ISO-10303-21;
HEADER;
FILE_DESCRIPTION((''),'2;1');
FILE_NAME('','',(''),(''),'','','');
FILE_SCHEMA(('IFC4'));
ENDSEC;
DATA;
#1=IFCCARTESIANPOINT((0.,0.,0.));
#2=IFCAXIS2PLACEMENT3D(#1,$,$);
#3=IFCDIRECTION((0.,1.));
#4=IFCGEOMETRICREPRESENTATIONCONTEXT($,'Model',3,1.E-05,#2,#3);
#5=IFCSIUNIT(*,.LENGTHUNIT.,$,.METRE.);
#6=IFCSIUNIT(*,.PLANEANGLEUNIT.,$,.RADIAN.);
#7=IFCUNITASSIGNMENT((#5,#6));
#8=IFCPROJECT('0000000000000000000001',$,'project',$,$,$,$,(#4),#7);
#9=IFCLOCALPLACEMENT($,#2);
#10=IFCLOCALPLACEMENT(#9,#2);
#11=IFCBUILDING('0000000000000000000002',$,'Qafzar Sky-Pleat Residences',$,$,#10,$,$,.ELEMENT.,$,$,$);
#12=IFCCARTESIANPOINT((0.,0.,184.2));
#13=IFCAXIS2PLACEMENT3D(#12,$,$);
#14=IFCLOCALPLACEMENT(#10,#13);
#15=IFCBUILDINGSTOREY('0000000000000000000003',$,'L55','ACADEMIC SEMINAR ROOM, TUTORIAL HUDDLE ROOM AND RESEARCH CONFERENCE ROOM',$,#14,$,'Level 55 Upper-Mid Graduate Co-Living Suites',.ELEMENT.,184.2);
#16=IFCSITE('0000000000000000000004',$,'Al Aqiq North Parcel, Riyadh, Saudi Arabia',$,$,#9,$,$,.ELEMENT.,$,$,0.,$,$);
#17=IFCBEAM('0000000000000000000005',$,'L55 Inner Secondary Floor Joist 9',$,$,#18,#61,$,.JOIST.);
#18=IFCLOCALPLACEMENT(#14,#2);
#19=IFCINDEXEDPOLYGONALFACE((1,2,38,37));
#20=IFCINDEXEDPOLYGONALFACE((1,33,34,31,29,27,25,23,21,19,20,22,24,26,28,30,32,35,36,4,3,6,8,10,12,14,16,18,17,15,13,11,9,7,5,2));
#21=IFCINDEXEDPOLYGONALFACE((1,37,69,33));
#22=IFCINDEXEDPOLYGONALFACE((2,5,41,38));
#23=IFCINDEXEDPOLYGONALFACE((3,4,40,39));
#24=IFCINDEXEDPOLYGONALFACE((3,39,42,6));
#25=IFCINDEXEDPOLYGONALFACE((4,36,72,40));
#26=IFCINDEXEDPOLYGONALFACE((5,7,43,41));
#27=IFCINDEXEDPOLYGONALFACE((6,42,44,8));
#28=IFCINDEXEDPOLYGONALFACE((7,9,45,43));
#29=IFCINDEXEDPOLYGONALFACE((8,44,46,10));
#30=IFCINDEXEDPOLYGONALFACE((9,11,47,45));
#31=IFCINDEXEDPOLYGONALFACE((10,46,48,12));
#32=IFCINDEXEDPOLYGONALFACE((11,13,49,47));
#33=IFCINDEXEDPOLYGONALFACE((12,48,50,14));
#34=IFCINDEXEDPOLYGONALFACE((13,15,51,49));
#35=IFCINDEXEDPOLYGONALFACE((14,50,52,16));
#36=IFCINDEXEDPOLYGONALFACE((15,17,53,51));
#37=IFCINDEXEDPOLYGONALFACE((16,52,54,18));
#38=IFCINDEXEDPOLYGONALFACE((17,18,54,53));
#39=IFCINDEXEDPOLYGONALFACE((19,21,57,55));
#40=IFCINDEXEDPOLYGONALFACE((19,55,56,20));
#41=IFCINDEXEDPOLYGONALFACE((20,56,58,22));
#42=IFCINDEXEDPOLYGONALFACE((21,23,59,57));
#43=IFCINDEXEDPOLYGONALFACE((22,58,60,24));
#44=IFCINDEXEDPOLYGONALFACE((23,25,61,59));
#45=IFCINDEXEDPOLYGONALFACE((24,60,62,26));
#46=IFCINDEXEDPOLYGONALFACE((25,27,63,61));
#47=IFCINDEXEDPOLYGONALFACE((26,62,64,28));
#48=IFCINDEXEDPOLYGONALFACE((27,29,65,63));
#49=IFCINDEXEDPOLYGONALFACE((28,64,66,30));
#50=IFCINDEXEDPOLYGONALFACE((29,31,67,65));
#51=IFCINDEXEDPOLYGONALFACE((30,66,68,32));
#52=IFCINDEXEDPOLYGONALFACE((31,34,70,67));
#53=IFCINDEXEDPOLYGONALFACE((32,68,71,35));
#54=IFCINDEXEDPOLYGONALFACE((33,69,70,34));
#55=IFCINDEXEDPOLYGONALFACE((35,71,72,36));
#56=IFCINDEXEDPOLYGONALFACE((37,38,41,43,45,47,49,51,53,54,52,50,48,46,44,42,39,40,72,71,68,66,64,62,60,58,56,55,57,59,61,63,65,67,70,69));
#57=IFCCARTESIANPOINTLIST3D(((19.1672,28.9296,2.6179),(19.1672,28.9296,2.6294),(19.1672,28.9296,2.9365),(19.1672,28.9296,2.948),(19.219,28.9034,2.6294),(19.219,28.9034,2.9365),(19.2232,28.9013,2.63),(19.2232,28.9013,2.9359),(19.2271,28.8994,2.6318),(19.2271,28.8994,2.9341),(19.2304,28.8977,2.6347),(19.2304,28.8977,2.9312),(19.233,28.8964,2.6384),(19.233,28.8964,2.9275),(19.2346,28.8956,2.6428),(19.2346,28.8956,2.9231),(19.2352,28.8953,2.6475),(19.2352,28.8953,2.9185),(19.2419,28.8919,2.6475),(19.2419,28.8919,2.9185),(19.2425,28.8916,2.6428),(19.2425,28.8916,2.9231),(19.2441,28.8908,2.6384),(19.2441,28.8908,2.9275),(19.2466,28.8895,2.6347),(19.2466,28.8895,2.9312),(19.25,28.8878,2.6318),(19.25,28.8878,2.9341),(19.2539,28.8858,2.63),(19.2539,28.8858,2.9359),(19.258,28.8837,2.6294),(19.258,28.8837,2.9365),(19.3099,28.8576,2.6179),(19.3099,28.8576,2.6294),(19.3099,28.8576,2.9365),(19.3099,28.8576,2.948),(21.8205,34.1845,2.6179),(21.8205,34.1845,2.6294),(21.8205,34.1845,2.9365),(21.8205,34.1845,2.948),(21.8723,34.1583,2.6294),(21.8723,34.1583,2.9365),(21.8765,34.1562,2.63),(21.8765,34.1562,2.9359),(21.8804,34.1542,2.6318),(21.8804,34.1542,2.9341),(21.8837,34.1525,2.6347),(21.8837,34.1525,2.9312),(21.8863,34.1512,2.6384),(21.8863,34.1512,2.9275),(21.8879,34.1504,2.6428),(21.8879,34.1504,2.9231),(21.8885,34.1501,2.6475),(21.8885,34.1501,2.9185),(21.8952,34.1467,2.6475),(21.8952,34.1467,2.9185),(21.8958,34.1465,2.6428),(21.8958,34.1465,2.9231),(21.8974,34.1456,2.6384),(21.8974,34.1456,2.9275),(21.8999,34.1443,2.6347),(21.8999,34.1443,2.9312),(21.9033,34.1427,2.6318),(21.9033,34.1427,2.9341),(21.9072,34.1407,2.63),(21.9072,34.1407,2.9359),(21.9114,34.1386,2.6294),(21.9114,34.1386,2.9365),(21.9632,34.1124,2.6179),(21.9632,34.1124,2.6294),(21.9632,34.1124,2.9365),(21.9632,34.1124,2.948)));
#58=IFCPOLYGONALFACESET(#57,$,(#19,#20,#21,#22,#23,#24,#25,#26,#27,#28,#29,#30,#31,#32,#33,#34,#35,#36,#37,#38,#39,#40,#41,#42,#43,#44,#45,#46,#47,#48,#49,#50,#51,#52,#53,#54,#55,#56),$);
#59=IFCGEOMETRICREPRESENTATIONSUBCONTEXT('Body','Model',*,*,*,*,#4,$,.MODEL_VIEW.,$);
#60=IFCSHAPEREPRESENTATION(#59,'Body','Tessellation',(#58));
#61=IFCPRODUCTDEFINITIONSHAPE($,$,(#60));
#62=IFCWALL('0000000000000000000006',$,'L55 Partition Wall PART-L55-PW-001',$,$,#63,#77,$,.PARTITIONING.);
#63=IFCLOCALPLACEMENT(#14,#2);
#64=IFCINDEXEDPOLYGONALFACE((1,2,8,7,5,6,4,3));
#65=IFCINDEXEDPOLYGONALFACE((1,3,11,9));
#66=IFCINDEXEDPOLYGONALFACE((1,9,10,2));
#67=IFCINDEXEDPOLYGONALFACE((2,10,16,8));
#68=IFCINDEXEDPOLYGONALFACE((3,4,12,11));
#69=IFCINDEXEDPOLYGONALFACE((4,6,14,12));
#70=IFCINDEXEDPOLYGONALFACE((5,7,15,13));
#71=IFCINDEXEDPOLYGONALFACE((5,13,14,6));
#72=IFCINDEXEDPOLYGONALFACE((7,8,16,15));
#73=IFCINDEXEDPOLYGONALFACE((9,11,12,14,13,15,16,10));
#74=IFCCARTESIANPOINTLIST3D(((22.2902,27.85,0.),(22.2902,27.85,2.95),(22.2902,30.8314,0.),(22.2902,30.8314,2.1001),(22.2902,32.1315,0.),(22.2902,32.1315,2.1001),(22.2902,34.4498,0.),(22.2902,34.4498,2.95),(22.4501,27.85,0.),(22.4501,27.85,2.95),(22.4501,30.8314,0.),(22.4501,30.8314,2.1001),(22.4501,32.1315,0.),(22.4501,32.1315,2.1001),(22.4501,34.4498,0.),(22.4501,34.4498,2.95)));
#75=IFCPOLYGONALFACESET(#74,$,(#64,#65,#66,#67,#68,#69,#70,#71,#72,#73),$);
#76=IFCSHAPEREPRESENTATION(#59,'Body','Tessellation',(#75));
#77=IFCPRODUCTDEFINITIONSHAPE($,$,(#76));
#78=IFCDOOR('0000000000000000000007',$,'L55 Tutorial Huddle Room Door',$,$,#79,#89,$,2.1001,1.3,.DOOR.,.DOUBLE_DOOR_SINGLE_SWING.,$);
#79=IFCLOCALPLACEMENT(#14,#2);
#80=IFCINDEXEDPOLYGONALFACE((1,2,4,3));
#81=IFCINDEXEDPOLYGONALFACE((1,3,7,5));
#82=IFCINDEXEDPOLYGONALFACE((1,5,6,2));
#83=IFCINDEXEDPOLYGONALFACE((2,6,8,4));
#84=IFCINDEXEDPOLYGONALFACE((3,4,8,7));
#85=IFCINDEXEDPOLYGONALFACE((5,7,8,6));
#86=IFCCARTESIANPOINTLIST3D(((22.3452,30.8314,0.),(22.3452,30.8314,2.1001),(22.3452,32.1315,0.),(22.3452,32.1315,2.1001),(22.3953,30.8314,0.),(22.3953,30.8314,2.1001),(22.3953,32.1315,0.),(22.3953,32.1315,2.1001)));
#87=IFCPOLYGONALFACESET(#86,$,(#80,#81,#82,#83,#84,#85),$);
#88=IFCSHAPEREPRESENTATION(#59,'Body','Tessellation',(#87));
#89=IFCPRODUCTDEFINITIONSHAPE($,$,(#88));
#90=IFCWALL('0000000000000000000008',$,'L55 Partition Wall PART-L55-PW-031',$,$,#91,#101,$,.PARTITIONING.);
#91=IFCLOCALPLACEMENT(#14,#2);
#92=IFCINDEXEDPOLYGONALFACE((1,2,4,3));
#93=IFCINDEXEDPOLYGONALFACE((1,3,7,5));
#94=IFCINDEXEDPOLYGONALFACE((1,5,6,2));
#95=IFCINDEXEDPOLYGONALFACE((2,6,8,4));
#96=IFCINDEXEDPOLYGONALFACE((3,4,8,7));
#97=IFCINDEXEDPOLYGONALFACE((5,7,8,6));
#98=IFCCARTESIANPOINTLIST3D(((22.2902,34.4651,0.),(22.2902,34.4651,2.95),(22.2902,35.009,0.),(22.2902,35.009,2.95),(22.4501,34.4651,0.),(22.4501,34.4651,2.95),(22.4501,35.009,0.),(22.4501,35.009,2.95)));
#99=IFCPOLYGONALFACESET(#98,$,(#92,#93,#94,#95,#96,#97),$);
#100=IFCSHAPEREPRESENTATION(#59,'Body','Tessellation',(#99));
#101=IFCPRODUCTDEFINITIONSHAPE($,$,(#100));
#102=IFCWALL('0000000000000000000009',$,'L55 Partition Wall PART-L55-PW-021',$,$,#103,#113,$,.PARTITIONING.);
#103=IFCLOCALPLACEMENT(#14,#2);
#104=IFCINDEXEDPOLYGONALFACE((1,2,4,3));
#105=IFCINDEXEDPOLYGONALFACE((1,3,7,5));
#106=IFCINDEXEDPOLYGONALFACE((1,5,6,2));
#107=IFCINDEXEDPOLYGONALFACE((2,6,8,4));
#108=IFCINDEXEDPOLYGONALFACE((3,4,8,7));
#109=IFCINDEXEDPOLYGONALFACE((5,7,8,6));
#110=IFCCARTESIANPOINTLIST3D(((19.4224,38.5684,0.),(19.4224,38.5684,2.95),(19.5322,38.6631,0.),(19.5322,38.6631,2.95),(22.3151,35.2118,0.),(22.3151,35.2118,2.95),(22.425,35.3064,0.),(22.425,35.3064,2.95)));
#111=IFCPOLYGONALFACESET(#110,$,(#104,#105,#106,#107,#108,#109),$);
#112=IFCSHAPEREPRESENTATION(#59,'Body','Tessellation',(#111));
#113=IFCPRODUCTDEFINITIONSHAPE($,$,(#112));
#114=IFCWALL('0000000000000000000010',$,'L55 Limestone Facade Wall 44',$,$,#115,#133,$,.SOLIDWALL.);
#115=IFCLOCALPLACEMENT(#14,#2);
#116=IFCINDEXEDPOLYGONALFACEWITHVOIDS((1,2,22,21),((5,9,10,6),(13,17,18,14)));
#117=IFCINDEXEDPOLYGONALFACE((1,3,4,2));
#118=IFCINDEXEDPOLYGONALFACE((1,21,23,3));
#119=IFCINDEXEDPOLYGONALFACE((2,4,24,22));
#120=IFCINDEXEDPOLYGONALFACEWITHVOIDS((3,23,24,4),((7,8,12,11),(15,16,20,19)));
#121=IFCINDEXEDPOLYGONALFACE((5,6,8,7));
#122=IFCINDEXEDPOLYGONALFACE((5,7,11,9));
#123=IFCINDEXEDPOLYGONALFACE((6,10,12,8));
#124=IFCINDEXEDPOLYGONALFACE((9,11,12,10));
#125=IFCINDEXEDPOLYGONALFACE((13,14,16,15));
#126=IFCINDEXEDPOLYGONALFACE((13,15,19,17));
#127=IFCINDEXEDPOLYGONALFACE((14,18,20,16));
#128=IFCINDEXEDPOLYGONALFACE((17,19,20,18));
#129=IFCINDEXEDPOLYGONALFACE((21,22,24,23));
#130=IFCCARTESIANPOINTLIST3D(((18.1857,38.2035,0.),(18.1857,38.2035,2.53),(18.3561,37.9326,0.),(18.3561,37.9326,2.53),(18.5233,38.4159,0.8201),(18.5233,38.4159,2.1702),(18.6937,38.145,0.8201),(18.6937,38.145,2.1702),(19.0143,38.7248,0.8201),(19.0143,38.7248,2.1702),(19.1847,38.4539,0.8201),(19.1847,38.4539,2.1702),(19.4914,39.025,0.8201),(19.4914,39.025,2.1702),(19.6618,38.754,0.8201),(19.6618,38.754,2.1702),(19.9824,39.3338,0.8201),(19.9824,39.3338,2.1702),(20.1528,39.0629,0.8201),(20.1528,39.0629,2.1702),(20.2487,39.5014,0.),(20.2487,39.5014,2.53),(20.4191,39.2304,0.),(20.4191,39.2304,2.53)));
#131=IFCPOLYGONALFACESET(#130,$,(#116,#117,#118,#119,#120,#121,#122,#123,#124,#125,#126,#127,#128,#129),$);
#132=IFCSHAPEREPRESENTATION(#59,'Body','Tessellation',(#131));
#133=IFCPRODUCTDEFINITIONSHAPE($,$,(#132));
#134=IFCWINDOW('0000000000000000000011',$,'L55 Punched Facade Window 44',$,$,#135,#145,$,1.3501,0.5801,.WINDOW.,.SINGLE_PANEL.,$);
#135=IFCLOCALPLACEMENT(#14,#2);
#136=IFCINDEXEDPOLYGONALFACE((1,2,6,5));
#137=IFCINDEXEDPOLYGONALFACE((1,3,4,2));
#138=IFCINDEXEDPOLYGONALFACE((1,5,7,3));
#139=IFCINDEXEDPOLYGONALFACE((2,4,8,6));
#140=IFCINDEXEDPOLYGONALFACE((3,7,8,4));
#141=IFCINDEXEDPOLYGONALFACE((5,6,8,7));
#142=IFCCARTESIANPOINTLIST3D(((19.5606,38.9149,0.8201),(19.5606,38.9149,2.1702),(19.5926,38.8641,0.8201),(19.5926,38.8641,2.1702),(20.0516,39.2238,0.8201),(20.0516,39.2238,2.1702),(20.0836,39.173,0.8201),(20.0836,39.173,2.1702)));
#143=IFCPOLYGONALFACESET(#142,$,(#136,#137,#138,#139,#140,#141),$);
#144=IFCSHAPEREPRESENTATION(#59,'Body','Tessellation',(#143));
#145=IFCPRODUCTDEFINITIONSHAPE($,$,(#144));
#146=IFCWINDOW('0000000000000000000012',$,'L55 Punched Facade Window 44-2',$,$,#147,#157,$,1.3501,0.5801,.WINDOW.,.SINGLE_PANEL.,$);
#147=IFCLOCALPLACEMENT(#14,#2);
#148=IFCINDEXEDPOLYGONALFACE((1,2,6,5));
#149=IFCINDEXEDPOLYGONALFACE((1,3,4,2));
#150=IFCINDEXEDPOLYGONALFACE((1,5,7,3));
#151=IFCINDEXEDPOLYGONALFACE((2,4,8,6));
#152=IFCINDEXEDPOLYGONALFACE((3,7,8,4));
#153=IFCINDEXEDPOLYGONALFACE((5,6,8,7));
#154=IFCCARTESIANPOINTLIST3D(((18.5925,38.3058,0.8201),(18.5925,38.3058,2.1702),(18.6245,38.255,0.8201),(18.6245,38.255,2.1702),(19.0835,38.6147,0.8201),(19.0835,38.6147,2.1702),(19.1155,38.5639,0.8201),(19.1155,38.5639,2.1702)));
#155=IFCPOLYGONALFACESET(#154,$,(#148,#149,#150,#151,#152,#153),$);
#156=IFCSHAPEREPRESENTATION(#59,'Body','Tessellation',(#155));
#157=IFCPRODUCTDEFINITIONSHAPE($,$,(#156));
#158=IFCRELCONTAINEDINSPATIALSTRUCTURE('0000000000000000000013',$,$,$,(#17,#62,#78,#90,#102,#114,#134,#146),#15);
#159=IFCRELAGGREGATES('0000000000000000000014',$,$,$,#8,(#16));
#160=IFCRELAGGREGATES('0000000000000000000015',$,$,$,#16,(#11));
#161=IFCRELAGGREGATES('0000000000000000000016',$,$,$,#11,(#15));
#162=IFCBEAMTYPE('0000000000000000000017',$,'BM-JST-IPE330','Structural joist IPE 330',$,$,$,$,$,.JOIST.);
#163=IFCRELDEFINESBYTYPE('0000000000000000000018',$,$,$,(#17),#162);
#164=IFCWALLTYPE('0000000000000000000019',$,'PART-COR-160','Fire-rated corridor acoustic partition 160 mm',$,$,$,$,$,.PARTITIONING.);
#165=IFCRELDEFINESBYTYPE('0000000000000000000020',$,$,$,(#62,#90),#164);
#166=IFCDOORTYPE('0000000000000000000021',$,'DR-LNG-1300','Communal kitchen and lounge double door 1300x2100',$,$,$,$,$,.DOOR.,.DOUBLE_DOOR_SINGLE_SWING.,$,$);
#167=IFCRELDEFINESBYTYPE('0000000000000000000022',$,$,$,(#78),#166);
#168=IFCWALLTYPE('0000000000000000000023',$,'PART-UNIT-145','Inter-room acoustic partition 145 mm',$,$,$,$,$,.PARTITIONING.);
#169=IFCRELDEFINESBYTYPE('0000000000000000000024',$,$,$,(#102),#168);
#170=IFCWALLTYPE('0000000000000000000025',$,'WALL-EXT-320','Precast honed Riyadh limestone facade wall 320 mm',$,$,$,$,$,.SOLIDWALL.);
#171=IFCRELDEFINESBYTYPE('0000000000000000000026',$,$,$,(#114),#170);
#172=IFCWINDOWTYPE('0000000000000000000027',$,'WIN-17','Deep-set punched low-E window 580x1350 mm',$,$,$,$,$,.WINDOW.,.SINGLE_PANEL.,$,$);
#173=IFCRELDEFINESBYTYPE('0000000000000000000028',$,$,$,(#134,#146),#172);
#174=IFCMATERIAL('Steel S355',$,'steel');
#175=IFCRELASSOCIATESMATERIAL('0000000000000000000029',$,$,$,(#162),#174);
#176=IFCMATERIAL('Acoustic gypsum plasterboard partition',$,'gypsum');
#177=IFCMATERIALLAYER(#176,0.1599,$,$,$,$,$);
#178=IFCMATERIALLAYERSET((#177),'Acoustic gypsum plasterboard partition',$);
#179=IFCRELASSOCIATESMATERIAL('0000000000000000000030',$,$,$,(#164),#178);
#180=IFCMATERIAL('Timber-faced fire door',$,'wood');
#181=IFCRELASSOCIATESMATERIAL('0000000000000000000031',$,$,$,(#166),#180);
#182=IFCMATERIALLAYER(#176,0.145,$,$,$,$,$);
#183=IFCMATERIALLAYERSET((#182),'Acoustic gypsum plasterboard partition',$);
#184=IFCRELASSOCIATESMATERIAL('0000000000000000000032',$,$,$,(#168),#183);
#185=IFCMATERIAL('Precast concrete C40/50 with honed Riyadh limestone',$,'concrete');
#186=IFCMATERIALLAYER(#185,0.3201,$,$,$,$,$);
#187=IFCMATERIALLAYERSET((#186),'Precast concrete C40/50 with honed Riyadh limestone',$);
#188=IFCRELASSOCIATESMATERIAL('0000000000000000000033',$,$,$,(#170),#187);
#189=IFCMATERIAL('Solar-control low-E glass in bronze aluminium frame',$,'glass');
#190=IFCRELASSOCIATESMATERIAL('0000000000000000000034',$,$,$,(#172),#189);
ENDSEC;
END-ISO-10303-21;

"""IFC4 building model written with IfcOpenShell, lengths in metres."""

from ifc_helpers import new_model, si_unit, direction, frame, frame_2d, origin, origin_2d, place, context, subcontext, project, spatial, rectangle, i_section, extrude, source, transform, mapped, material, layer, layer_set, material_profile, profile_set, type_object, element, fill, save


model = new_model("IFC4")

# Units and contexts
model_context = context("Model", 3, precision=1e-05, world=origin(), true_north=direction((0.0, 1.0)))
body_context = subcontext(model_context, "Body", "Model", "MODEL_VIEW")
ifc_project = project(units=[si_unit("LENGTHUNIT", "METRE"), si_unit("PLANEANGLEUNIT", "RADIAN")], contexts=[model_context])

# Site, building, storey
site_placement = place(None, origin())
site = spatial("IfcSite", under=ifc_project, at=site_placement, Name="Al Aqiq North Parcel, Riyadh, Saudi Arabia", CompositionType="ELEMENT", RefElevation=0.0)
building_placement = place(site_placement, origin())
building = spatial("IfcBuilding", under=site, at=building_placement, Name="Qafzar Sky-Pleat Residences", CompositionType="ELEMENT")
storey_placement = place(building_placement, frame((0.0, 0.0, 184.2)))
storey = spatial("IfcBuildingStorey", under=building, at=storey_placement, Name="L55", Description="ACADEMIC SEMINAR ROOM, TUTORIAL HUDDLE ROOM AND RESEARCH CONFERENCE ROOM", LongName="Level 55 Upper-Mid Graduate Co-Living Suites", CompositionType="ELEMENT", Elevation=184.2)

# Beam
ifc_material_1 = material(Name="Steel S355", Category="steel")
ifc_material_profile_1 = material_profile(ifc_material_1, i_section(OverallWidth=0.1599, OverallDepth=0.3301, WebThickness=0.0076, FlangeThickness=0.0115, FilletRadius=0.0181, at=origin_2d()), Name="IPE 330")
ifc_profile_set_1 = profile_set([ifc_material_profile_1], Name="Steel S355")
beam_type_1 = type_object("IfcBeamType", Name="BM-JST-IPE330", Description="Structural joist IPE 330", PredefinedType="JOIST", material=ifc_profile_set_1)
shared_shape_1 = source(origin(), body_context, "Body", "SweptSolid", [
    extrude(i_section(OverallWidth=0.1599, OverallDepth=0.3301, WebThickness=0.0076, FlangeThickness=0.0115, FilletRadius=0.0181, at=origin_2d()), origin(), (0.0, 0.0, 1.0), 5.8867),
])
beam_1_placement = place(storey_placement, frame((21.8918, 34.1484, 2.783), z_axis=(-0.450727, -0.892662, 0.0), x_axis=(0.892662, -0.450727, 0.0)))
element("IfcBeam", 1, at=beam_1_placement, inside=storey, type_object=beam_type_1, Name="L55 Inner Secondary Floor Joist 9", PredefinedType="JOIST", context=body_context, shape_type="MappedRepresentation", body=[
    mapped(shared_shape_1, transform((0.0, 0.0, 0.0), x_axis=(1.0, 0.0, 0.0), y_axis=(0.0, 1.0, 0.0), z_axis=(0.0, 0.0, 1.0), scale=1.0)),
])

# Wall, opening, door
ifc_material_2 = material(Name="Acoustic gypsum plasterboard partition", Category="gypsum")
ifc_layer_1 = layer(ifc_material_2, 0.1599)
ifc_layer_set_1 = layer_set([ifc_layer_1], Name="Acoustic gypsum plasterboard partition")
wall_type_1 = type_object("IfcWallType", Name="PART-COR-160", Description="Fire-rated corridor acoustic partition 160 mm", PredefinedType="PARTITIONING", material=ifc_layer_set_1)
wall_1_placement = place(storey_placement, frame((22.3701, 27.8501, 0.0), z_axis=(0.0, 0.0, 1.0), x_axis=(0.0, 1.0, 0.0)))
wall_1 = element("IfcWall", 2, at=wall_1_placement, inside=storey, type_object=wall_type_1, Name="L55 Partition Wall PART-L55-PW-001", PredefinedType="PARTITIONING", context=body_context, shape_type="SweptSolid", body=[
    extrude(rectangle(XDim=6.5999, YDim=0.1599, at=frame_2d((3.2998, 0.0))), origin(), (0.0, 0.0, 1.0), 2.95),
])
opening_1_placement = place(wall_1_placement, frame((2.9814, 0.0, 0.0)))
opening_1 = element("IfcOpeningElement", 3, at=opening_1_placement, cuts=wall_1, PredefinedType="OPENING", context=body_context, shape_type="SweptSolid", body=[
    extrude(rectangle(XDim=1.3, YDim=2.1001, at=frame_2d((0.6499, 1.05))), frame((0.0, 0.0898, 0.0), z_axis=(0.0, -1.0, 0.0), x_axis=(1.0, 0.0, 0.0)), (0.0, 0.0, 1.0), 0.1799),
])
ifc_material_3 = material(Name="Timber-faced fire door", Category="wood")
door_type = type_object("IfcDoorType", Name="DR-LNG-1300", Description="Communal kitchen and lounge double door 1300x2100", OperationType="DOUBLE_DOOR_SINGLE_SWING", PredefinedType="DOOR", material=ifc_material_3)
shared_shape_2 = source(origin(), body_context, "Body", "SweptSolid", [
    extrude(rectangle(XDim=1.3, YDim=2.1001, at=frame_2d((0.6499, 1.05))), frame((0.0, 0.0249, 0.0), z_axis=(0.0, -1.0, 0.0), x_axis=(1.0, 0.0, 0.0)), (0.0, 0.0, 1.0), 0.05),
])
door_placement = place(opening_1_placement, origin())
door = element("IfcDoor", 4, at=door_placement, inside=storey, type_object=door_type, Name="L55 Tutorial Huddle Room Door", OperationType="DOUBLE_DOOR_SINGLE_SWING", OverallHeight=2.1001, OverallWidth=1.3, PredefinedType="DOOR", context=body_context, shape_type="MappedRepresentation", body=[
    mapped(shared_shape_2, transform((0.0, 0.0, 0.0), x_axis=(1.0, 0.0, 0.0), y_axis=(0.0, 1.0, 0.0), z_axis=(0.0, 0.0, 1.0), scale=1.0)),
])
fill(opening_1, door)

# Walls
wall_2_placement = place(storey_placement, frame((22.3701, 34.4651, 0.0), z_axis=(0.0, 0.0, 1.0), x_axis=(0.0, 1.0, 0.0)))
element("IfcWall", 5, at=wall_2_placement, inside=storey, type_object=wall_type_1, Name="L55 Partition Wall PART-L55-PW-031", PredefinedType="PARTITIONING", context=body_context, shape_type="SweptSolid", body=[
    extrude(rectangle(XDim=0.5439, YDim=0.1599, at=frame_2d((0.272, 0.0))), origin(), (0.0, 0.0, 1.0), 2.95),
])
ifc_layer_2 = layer(ifc_material_2, 0.145)
ifc_layer_set_2 = layer_set([ifc_layer_2], Name="Acoustic gypsum plasterboard partition")
wall_type_2 = type_object("IfcWallType", Name="PART-UNIT-145", Description="Inter-room acoustic partition 145 mm", PredefinedType="PARTITIONING", material=ifc_layer_set_2)
wall_3_placement = place(storey_placement, frame((19.4773, 38.6157, 0.0), z_axis=(0.0, 0.0, 1.0), x_axis=(0.652826, -0.757508, 0.0)))
element("IfcWall", 6, at=wall_3_placement, inside=storey, type_object=wall_type_2, Name="L55 Partition Wall PART-L55-PW-021", PredefinedType="PARTITIONING", context=body_context, shape_type="SweptSolid", body=[
    extrude(rectangle(XDim=4.4312, YDim=0.145, at=frame_2d((2.2156, 0.0))), origin(), (0.0, 0.0, 1.0), 2.95),
])

# Wall, openings, windows
ifc_material_4 = material(Name="Precast concrete C40/50 with honed Riyadh limestone", Category="concrete")
ifc_layer_3 = layer(ifc_material_4, 0.3201)
ifc_layer_set_3 = layer_set([ifc_layer_3], Name="Precast concrete C40/50 with honed Riyadh limestone")
wall_type_3 = type_object("IfcWallType", Name="WALL-EXT-320", Description="Precast honed Riyadh limestone facade wall 320 mm", PredefinedType="SOLIDWALL", material=ifc_layer_set_3)
wall_4_placement = place(storey_placement, frame((20.334, 39.366, 0.0), z_axis=(0.0, 0.0, 1.0), x_axis=(-0.84643, -0.5325, 0.0)))
wall_4 = element("IfcWall", 7, at=wall_4_placement, inside=storey, type_object=wall_type_3, Name="L55 Limestone Facade Wall 44", PredefinedType="SOLIDWALL", context=body_context, shape_type="SweptSolid", body=[
    extrude(rectangle(XDim=2.4373, YDim=0.3201, at=frame_2d((1.2188, 0.0))), origin(), (0.0, 0.0, 1.0), 2.53),
])
opening_2_placement = place(wall_4_placement, frame((0.3147, 0.0, 0.8201)))
opening_2 = element("IfcOpeningElement", 8, at=opening_2_placement, cuts=wall_4, PredefinedType="OPENING", context=body_context, shape_type="SweptSolid", body=[
    extrude(rectangle(XDim=0.5801, YDim=1.3501, at=frame_2d((0.29, 0.675))), frame((0.0, 0.1699, 0.0), z_axis=(0.0, -1.0, 0.0), x_axis=(1.0, 0.0, 0.0)), (0.0, 0.0, 1.0), 0.3401),
])
opening_3_placement = place(wall_4_placement, frame((1.4585, 0.0, 0.8201)))
opening_3 = element("IfcOpeningElement", 9, at=opening_3_placement, cuts=wall_4, PredefinedType="OPENING", context=body_context, shape_type="SweptSolid", body=[
    extrude(rectangle(XDim=0.5801, YDim=1.3501, at=frame_2d((0.29, 0.675))), frame((0.0, 0.1699, 0.0), z_axis=(0.0, -1.0, 0.0), x_axis=(1.0, 0.0, 0.0)), (0.0, 0.0, 1.0), 0.3401),
])
ifc_material_5 = material(Name="Solar-control low-E glass in bronze aluminium frame", Category="glass")
window_type_1 = type_object("IfcWindowType", Name="WIN-17", Description="Deep-set punched low-E window 580x1350 mm", PartitioningType="SINGLE_PANEL", PredefinedType="WINDOW", material=ifc_material_5)
shared_shape_3 = source(origin(), body_context, "Body", "SweptSolid", [
    extrude(rectangle(XDim=0.5801, YDim=1.3501, at=frame_2d((0.29, 0.675))), frame((0.0, 0.03, 0.0), z_axis=(0.0, -1.0, 0.0), x_axis=(1.0, 0.0, 0.0)), (0.0, 0.0, 1.0), 0.0601),
])
window_1_placement = place(opening_2_placement, origin())
window_1 = element("IfcWindow", 10, at=window_1_placement, inside=storey, type_object=window_type_1, Name="L55 Punched Facade Window 44", OverallHeight=1.3501, OverallWidth=0.5801, PartitioningType="SINGLE_PANEL", PredefinedType="WINDOW", context=body_context, shape_type="MappedRepresentation", body=[
    mapped(shared_shape_3, transform((0.0, 0.0, 0.0), x_axis=(1.0, 0.0, 0.0), y_axis=(0.0, 1.0, 0.0), z_axis=(0.0, 0.0, 1.0), scale=1.0)),
])
fill(opening_2, window_1)
window_2_placement = place(opening_3_placement, origin())
window_2 = element("IfcWindow", 11, at=window_2_placement, inside=storey, type_object=window_type_1, Name="L55 Punched Facade Window 44-2", OverallHeight=1.3501, OverallWidth=0.5801, PartitioningType="SINGLE_PANEL", PredefinedType="WINDOW", context=body_context, shape_type="MappedRepresentation", body=[
    mapped(shared_shape_3, transform((0.0, 0.0, 0.0), x_axis=(1.0, 0.0, 0.0), y_axis=(0.0, 1.0, 0.0), z_axis=(0.0, 0.0, 1.0), scale=1.0)),
])
fill(opening_3, window_2)

save(model, "model.ifc")
